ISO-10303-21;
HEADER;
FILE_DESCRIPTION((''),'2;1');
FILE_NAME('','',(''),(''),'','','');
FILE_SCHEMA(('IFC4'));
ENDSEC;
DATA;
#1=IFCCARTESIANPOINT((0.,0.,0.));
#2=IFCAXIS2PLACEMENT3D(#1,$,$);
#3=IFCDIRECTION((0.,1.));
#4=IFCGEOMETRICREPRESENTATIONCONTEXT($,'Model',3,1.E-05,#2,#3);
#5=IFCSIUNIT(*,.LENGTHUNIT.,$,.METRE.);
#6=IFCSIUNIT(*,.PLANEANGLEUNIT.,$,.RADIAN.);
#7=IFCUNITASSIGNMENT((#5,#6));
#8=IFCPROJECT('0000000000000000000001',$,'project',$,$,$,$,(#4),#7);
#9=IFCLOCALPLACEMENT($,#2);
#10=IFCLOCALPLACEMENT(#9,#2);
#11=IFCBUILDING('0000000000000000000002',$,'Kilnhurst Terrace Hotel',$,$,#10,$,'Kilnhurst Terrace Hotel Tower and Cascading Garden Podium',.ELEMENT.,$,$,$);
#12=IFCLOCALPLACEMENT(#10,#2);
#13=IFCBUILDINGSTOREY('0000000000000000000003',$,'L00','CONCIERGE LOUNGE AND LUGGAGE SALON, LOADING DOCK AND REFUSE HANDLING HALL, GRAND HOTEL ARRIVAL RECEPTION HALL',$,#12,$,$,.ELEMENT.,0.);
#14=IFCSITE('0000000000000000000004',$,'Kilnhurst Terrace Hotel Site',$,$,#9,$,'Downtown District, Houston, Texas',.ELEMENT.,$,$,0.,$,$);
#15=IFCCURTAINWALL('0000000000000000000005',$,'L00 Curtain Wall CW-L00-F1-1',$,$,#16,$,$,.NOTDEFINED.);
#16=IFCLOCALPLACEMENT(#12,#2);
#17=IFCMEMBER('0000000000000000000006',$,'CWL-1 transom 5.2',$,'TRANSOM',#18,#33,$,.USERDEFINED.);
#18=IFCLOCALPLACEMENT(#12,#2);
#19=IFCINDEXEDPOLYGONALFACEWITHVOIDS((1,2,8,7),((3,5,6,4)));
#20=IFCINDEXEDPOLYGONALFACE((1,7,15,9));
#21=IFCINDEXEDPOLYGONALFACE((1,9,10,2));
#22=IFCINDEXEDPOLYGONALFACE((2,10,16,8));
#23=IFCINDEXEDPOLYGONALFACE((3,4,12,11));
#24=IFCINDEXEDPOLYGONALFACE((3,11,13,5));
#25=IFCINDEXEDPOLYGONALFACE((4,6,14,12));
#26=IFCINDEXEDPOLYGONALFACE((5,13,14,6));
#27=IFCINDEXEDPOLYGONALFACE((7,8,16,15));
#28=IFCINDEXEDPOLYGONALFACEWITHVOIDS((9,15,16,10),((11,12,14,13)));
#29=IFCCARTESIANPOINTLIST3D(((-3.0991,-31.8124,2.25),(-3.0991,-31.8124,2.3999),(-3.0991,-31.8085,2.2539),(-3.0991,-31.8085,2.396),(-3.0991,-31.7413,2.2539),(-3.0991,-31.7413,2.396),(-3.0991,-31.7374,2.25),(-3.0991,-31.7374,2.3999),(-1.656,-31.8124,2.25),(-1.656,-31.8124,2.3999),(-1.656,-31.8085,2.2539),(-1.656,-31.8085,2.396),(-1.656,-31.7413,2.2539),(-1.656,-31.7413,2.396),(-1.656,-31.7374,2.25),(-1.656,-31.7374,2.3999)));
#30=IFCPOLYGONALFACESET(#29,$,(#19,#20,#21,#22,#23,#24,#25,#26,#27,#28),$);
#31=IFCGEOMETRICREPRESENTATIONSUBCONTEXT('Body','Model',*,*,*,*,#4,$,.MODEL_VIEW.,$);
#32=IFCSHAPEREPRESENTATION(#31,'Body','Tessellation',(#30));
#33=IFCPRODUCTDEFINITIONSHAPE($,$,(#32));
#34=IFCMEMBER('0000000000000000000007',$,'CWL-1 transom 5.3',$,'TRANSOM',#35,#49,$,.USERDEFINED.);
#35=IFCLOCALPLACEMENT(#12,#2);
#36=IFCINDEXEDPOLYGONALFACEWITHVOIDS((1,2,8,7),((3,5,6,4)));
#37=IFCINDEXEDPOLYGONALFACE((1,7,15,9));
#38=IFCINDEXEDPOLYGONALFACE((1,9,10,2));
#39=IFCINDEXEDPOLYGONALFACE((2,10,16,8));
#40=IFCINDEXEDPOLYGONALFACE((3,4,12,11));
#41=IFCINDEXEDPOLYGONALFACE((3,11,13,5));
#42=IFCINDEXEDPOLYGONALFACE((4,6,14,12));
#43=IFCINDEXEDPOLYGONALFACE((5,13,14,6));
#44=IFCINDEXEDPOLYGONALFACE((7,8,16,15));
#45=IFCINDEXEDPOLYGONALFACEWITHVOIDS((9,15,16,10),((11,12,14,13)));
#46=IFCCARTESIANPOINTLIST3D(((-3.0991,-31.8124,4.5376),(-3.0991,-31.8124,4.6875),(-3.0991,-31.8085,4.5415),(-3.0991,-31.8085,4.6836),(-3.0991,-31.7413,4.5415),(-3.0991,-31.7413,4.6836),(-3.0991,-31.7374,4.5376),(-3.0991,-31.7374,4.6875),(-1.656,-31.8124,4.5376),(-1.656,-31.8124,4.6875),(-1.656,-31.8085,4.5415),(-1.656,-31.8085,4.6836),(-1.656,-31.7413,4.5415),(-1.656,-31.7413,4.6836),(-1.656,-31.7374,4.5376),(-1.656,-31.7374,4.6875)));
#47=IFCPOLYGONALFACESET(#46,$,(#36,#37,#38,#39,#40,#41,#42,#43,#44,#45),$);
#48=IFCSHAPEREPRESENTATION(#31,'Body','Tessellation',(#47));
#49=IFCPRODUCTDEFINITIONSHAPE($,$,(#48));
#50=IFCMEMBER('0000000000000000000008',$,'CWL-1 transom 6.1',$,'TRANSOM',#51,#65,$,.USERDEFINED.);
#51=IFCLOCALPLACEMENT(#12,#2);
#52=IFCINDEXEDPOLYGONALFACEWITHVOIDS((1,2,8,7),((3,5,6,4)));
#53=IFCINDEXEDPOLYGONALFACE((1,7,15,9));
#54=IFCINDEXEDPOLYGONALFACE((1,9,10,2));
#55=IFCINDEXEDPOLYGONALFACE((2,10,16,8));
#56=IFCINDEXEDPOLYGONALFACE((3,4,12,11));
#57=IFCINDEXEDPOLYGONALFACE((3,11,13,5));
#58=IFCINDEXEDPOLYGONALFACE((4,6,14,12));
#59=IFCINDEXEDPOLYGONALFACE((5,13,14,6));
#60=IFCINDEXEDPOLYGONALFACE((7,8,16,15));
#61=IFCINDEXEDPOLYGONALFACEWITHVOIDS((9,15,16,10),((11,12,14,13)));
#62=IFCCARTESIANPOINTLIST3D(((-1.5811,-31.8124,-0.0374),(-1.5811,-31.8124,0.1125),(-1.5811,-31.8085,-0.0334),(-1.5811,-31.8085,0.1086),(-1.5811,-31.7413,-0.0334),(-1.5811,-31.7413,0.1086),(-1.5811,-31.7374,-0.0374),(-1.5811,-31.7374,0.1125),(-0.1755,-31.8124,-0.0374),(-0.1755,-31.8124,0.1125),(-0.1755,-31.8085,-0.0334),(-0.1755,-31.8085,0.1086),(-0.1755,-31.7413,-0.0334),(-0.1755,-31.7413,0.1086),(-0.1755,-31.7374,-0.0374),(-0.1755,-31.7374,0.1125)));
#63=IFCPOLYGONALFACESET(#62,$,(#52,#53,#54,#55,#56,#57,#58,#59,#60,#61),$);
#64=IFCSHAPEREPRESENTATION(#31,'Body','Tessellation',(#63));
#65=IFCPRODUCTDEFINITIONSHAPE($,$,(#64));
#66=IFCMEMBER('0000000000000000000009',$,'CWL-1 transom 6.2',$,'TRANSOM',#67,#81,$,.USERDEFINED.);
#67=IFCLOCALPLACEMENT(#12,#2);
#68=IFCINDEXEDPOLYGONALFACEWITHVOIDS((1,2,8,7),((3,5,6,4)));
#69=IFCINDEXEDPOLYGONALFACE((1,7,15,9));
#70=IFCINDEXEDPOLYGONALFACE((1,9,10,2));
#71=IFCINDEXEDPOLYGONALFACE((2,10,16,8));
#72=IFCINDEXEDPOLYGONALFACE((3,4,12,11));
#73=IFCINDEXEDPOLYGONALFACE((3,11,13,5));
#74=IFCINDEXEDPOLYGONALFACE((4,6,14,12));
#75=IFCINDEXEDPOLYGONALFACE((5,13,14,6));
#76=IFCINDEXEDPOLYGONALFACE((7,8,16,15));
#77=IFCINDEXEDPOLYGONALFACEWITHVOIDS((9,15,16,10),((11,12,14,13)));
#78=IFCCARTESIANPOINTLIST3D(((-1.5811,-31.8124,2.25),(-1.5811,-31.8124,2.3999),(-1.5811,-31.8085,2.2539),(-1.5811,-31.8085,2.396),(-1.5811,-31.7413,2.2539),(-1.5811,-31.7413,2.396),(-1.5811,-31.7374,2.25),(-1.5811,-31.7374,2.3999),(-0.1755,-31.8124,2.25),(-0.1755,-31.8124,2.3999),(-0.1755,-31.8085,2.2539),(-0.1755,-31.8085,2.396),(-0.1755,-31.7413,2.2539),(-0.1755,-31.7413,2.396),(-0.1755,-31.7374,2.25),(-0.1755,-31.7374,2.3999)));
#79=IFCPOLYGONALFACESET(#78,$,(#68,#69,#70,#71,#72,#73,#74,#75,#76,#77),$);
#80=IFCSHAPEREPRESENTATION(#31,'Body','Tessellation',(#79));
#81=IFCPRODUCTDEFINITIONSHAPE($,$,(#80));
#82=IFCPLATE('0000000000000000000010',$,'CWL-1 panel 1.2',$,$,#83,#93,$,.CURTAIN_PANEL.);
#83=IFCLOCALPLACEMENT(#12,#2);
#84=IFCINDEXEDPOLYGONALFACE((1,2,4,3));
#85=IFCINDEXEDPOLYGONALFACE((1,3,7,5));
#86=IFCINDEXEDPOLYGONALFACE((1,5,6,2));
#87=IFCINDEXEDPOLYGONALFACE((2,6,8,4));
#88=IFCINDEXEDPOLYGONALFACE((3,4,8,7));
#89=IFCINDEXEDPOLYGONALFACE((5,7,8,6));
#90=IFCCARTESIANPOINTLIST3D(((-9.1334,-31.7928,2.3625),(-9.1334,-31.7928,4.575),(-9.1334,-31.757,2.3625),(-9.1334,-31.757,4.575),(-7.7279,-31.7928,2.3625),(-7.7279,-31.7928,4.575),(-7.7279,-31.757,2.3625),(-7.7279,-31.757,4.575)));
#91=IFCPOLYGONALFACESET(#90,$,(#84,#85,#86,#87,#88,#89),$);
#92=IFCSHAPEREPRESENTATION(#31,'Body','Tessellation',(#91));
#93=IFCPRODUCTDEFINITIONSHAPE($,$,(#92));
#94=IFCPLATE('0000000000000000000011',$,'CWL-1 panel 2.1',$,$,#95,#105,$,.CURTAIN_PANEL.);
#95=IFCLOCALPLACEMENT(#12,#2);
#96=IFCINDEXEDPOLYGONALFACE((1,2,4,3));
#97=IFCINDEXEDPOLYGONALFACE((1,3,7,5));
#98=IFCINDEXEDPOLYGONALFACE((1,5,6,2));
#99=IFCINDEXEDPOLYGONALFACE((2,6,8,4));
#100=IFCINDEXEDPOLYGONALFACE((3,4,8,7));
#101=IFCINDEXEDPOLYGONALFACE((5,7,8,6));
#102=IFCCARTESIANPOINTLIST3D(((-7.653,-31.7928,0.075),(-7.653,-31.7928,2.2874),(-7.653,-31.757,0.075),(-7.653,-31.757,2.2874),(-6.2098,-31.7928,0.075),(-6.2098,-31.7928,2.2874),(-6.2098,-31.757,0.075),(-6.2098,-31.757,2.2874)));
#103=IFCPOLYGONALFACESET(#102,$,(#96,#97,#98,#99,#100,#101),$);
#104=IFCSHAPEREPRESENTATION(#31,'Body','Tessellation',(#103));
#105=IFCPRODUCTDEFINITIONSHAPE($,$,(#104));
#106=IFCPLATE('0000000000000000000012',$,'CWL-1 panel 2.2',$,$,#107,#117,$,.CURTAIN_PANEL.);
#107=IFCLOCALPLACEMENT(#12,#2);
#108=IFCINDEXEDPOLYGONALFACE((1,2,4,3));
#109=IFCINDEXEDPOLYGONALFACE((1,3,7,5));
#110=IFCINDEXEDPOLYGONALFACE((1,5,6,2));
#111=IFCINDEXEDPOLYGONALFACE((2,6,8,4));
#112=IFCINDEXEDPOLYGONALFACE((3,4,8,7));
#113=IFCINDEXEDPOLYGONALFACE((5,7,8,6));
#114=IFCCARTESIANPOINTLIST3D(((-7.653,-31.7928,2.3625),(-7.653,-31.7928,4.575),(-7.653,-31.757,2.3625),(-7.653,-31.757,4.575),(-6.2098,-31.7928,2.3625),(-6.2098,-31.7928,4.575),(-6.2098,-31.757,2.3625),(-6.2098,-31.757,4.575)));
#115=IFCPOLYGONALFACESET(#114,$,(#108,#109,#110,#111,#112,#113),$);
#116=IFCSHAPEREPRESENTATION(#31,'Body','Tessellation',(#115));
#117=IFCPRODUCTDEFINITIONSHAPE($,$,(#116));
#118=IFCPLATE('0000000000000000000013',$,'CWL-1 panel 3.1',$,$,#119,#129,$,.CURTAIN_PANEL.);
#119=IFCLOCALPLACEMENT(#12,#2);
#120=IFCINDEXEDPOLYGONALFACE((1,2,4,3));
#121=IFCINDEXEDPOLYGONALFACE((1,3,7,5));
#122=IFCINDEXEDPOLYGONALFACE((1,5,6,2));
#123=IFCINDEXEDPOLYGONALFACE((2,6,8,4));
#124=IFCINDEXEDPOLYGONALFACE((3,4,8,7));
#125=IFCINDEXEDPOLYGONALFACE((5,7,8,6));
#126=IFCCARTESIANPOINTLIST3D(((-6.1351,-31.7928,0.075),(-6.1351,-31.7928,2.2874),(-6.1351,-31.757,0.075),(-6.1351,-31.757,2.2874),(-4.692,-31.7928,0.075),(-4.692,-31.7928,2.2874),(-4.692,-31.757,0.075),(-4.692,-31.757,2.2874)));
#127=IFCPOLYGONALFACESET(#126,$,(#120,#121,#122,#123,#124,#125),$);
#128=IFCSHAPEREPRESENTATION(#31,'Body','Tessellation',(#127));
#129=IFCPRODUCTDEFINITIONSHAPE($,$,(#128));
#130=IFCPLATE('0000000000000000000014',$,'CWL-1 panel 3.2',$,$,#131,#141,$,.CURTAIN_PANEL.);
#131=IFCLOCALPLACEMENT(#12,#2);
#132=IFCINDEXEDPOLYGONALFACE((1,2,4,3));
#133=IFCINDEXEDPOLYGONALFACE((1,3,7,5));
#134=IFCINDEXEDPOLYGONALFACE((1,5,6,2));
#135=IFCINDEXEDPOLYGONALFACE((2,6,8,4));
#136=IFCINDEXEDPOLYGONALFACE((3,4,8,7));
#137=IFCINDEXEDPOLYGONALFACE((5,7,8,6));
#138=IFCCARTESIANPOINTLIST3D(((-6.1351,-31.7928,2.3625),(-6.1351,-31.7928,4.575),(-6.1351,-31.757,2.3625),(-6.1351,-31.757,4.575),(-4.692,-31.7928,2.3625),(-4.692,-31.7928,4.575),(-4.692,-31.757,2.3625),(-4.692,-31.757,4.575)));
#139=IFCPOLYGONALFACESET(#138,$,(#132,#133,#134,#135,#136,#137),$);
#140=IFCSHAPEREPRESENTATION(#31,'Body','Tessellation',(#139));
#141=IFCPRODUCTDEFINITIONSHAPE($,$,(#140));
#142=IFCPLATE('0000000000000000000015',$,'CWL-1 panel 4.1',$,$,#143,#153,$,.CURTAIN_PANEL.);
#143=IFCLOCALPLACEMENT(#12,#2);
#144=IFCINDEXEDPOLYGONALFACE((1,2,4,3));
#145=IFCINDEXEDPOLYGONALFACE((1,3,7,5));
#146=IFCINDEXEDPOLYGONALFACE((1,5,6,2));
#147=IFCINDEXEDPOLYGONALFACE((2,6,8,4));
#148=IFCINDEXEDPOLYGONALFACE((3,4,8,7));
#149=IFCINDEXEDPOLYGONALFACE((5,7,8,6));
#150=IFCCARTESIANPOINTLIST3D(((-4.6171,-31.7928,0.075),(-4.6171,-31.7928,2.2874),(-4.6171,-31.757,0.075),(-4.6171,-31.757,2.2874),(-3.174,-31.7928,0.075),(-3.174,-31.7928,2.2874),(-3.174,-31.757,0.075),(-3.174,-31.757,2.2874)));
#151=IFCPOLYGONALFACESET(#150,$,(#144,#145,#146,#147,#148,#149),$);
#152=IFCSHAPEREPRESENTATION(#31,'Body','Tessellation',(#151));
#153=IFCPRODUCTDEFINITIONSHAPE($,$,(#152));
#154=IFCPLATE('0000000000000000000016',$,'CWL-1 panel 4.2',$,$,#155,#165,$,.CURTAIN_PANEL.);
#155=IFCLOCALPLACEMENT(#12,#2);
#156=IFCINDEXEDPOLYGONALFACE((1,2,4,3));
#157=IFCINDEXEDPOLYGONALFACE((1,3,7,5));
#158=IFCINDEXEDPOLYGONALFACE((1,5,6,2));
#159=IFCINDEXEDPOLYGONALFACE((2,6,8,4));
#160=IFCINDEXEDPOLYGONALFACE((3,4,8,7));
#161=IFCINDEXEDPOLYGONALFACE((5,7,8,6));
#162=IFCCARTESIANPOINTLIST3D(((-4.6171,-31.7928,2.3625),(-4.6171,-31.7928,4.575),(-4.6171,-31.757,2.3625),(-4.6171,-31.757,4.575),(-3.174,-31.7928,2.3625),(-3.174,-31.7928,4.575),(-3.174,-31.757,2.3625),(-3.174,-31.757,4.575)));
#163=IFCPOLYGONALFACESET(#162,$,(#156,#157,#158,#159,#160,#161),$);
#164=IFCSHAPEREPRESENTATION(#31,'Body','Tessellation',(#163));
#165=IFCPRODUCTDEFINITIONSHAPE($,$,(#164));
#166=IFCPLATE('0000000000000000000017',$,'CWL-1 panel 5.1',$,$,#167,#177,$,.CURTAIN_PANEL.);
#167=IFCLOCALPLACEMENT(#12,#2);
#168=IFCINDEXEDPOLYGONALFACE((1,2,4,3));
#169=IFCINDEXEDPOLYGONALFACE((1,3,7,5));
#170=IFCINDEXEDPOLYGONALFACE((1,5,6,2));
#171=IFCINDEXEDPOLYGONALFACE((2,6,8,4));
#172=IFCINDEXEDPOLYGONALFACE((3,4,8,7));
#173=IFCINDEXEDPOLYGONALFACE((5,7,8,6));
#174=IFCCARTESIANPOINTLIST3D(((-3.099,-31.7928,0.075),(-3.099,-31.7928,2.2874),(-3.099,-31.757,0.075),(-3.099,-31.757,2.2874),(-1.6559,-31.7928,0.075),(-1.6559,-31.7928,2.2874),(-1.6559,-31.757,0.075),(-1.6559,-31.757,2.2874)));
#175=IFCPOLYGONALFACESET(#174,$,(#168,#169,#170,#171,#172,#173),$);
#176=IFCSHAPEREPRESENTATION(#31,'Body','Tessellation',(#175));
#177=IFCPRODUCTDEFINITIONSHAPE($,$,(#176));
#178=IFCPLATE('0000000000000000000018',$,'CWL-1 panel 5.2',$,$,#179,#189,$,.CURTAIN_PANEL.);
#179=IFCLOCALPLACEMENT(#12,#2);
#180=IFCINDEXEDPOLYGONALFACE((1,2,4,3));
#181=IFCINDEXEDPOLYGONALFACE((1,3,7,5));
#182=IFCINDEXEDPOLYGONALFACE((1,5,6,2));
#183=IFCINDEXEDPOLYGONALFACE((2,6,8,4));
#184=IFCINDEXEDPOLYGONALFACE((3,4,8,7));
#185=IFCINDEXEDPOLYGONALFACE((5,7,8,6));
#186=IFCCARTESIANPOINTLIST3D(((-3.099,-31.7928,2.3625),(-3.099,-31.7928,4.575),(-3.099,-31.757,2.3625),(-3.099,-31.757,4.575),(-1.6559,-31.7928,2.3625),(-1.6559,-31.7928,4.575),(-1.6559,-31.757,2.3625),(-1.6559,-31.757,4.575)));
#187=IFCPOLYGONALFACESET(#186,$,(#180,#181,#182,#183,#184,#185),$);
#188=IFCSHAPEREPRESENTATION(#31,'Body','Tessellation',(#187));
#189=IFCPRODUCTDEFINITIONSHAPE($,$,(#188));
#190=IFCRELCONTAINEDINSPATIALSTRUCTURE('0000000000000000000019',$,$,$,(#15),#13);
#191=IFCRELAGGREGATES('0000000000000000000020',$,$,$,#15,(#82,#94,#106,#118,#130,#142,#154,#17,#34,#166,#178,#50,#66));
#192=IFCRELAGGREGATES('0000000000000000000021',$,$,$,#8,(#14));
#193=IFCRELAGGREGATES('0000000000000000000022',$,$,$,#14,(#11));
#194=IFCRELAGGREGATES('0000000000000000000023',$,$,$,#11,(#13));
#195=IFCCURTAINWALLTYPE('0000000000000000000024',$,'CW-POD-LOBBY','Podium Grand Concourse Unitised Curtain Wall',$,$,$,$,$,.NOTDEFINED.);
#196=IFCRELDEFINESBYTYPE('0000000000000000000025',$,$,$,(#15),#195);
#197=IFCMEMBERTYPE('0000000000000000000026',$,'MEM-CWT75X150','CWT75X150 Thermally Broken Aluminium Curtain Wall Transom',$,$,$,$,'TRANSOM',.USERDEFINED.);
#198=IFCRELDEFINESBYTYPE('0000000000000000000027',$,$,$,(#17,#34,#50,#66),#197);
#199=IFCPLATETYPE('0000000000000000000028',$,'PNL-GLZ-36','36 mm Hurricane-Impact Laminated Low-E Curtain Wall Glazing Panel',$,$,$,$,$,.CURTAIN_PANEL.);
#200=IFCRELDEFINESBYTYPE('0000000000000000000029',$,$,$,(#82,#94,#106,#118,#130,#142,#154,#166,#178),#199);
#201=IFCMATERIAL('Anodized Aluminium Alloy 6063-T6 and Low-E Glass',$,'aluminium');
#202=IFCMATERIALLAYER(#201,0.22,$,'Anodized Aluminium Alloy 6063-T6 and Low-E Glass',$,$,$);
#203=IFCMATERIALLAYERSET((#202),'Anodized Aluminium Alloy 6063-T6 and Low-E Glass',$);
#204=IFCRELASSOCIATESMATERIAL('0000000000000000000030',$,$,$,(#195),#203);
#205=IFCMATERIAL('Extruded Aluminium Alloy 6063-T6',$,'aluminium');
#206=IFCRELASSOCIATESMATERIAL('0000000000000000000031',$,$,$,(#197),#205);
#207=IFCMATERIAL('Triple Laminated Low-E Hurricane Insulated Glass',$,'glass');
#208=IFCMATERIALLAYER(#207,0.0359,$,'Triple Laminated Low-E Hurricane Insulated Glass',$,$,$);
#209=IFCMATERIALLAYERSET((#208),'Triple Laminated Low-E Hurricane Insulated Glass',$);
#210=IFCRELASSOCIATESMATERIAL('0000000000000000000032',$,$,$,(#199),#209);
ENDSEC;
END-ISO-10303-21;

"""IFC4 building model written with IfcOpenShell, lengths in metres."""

from ifc_helpers import new_model, si_unit, direction, frame, origin, origin_2d, place, context, subcontext, project, spatial, rectangle, hollow_rectangle, extrude, material, layer, layer_set, material_profile, profile_set, type_object, element, aggregate, save


model = new_model("IFC4")

# Units and contexts
model_context = context("Model", 3, precision=1e-05, world=origin(), true_north=direction((0.0, 1.0)))
body_context = subcontext(model_context, "Body", "Model", "MODEL_VIEW")
ifc_project = project(units=[si_unit("LENGTHUNIT", "METRE"), si_unit("PLANEANGLEUNIT", "RADIAN")], contexts=[model_context])

# Site, building, storey
site_placement = place(None, origin())
site = spatial("IfcSite", under=ifc_project, at=site_placement, Name="Kilnhurst Terrace Hotel Site", LongName="Downtown District, Houston, Texas", CompositionType="ELEMENT", RefElevation=0.0)
building_placement = place(site_placement, origin())
building = spatial("IfcBuilding", under=site, at=building_placement, Name="Kilnhurst Terrace Hotel", LongName="Kilnhurst Terrace Hotel Tower and Cascading Garden Podium", CompositionType="ELEMENT")
storey_placement = place(building_placement, origin())
storey = spatial("IfcBuildingStorey", under=building, at=storey_placement, Name="L00", Description="CONCIERGE LOUNGE AND LUGGAGE SALON, LOADING DOCK AND REFUSE HANDLING HALL, GRAND HOTEL ARRIVAL RECEPTION HALL", CompositionType="ELEMENT", Elevation=0.0)

# Curtain wall, members, plates
ifc_material_1 = material(Name="Anodized Aluminium Alloy 6063-T6 and Low-E Glass", Category="aluminium")
ifc_layer_1 = layer(ifc_material_1, 0.22, Name="Anodized Aluminium Alloy 6063-T6 and Low-E Glass")
ifc_layer_set_1 = layer_set([ifc_layer_1], Name="Anodized Aluminium Alloy 6063-T6 and Low-E Glass")
curtain_wall_type = type_object("IfcCurtainWallType", Name="CW-POD-LOBBY", Description="Podium Grand Concourse Unitised Curtain Wall", PredefinedType="NOTDEFINED", material=ifc_layer_set_1)
curtain_wall_placement = place(storey_placement, origin())
curtain_wall = element("IfcCurtainWall", 1, at=curtain_wall_placement, inside=storey, type_object=curtain_wall_type, Name="L00 Curtain Wall CW-L00-F1-1", PredefinedType="NOTDEFINED")
ifc_material_2 = material(Name="Extruded Aluminium Alloy 6063-T6", Category="aluminium")
ifc_material_profile_1 = material_profile(ifc_material_2, hollow_rectangle(XDim=0.075, YDim=0.1499, WallThickness=0.0039, at=origin_2d()), Name="CWT75X150")
ifc_profile_set_1 = profile_set([ifc_material_profile_1], Name="Extruded Aluminium Alloy 6063-T6")
member_type_1 = type_object("IfcMemberType", Name="MEM-CWT75X150", Description="CWT75X150 Thermally Broken Aluminium Curtain Wall Transom", ElementType="TRANSOM", PredefinedType="USERDEFINED", material=ifc_profile_set_1)
member_1_placement = place(storey_placement, frame((-3.0991, -31.7749, 2.325), z_axis=(1.0, 0.0, 0.0), x_axis=(0.0, 1.0, 0.0)))
member_1 = element("IfcMember", 2, at=member_1_placement, type_object=member_type_1, Name="CWL-1 transom 5.2", ObjectType="TRANSOM", PredefinedType="USERDEFINED", context=body_context, shape_type="SweptSolid", body=[
    extrude(hollow_rectangle(XDim=0.075, YDim=0.1499, WallThickness=0.0039, at=origin_2d()), origin(), (0.0, 0.0, 1.0), 1.4431),
])
member_2_placement = place(storey_placement, frame((-3.0991, -31.7749, 4.6125), z_axis=(1.0, 0.0, 0.0), x_axis=(0.0, 1.0, 0.0)))
member_2 = element("IfcMember", 3, at=member_2_placement, type_object=member_type_1, Name="CWL-1 transom 5.3", ObjectType="TRANSOM", PredefinedType="USERDEFINED", context=body_context, shape_type="SweptSolid", body=[
    extrude(hollow_rectangle(XDim=0.075, YDim=0.1499, WallThickness=0.0039, at=origin_2d()), origin(), (0.0, 0.0, 1.0), 1.4431),
])
member_3_placement = place(storey_placement, frame((-1.5811, -31.7749, 0.0376), z_axis=(1.0, 0.0, 0.0), x_axis=(0.0, 1.0, 0.0)))
member_3 = element("IfcMember", 4, at=member_3_placement, type_object=member_type_1, Name="CWL-1 transom 6.1", ObjectType="TRANSOM", PredefinedType="USERDEFINED", context=body_context, shape_type="SweptSolid", body=[
    extrude(hollow_rectangle(XDim=0.075, YDim=0.1499, WallThickness=0.0039, at=origin_2d()), origin(), (0.0, 0.0, 1.0), 1.4055),
])
member_4_placement = place(storey_placement, frame((-1.5811, -31.7749, 2.325), z_axis=(1.0, 0.0, 0.0), x_axis=(0.0, 1.0, 0.0)))
member_4 = element("IfcMember", 5, at=member_4_placement, type_object=member_type_1, Name="CWL-1 transom 6.2", ObjectType="TRANSOM", PredefinedType="USERDEFINED", context=body_context, shape_type="SweptSolid", body=[
    extrude(hollow_rectangle(XDim=0.075, YDim=0.1499, WallThickness=0.0039, at=origin_2d()), origin(), (0.0, 0.0, 1.0), 1.4055),
])
ifc_material_3 = material(Name="Triple Laminated Low-E Hurricane Insulated Glass", Category="glass")
ifc_layer_2 = layer(ifc_material_3, 0.0359, Name="Triple Laminated Low-E Hurricane Insulated Glass")
ifc_layer_set_2 = layer_set([ifc_layer_2], Name="Triple Laminated Low-E Hurricane Insulated Glass")
plate_type = type_object("IfcPlateType", Name="PNL-GLZ-36", Description="36 mm Hurricane-Impact Laminated Low-E Curtain Wall Glazing Panel", PredefinedType="CURTAIN_PANEL", material=ifc_layer_set_2)
plate_1_placement = place(storey_placement, frame((-8.4307, -31.7749, 2.3625), z_axis=(0.0, 0.0, 1.0), x_axis=(1.0, 0.0, 0.0)))
plate_1 = element("IfcPlate", 6, at=plate_1_placement, type_object=plate_type, Name="CWL-1 panel 1.2", PredefinedType="CURTAIN_PANEL", context=body_context, shape_type="SweptSolid", body=[
    extrude(rectangle(XDim=1.4055, YDim=0.0359, at=origin_2d()), origin(), (0.0, 0.0, 1.0), 2.2124),
])
plate_2_placement = place(storey_placement, frame((-6.9314, -31.7749, 0.075), z_axis=(0.0, 0.0, 1.0), x_axis=(1.0, 0.0, 0.0)))
plate_2 = element("IfcPlate", 7, at=plate_2_placement, type_object=plate_type, Name="CWL-1 panel 2.1", PredefinedType="CURTAIN_PANEL", context=body_context, shape_type="SweptSolid", body=[
    extrude(rectangle(XDim=1.4431, YDim=0.0359, at=origin_2d()), origin(), (0.0, 0.0, 1.0), 2.2124),
])
plate_3_placement = place(storey_placement, frame((-6.9314, -31.7749, 2.3625), z_axis=(0.0, 0.0, 1.0), x_axis=(1.0, 0.0, 0.0)))
plate_3 = element("IfcPlate", 8, at=plate_3_placement, type_object=plate_type, Name="CWL-1 panel 2.2", PredefinedType="CURTAIN_PANEL", context=body_context, shape_type="SweptSolid", body=[
    extrude(rectangle(XDim=1.4431, YDim=0.0359, at=origin_2d()), origin(), (0.0, 0.0, 1.0), 2.2124),
])
plate_4_placement = place(storey_placement, frame((-5.4136, -31.7749, 0.075), z_axis=(0.0, 0.0, 1.0), x_axis=(1.0, 0.0, 0.0)))
plate_4 = element("IfcPlate", 9, at=plate_4_placement, type_object=plate_type, Name="CWL-1 panel 3.1", PredefinedType="CURTAIN_PANEL", context=body_context, shape_type="SweptSolid", body=[
    extrude(rectangle(XDim=1.4431, YDim=0.0359, at=origin_2d()), origin(), (0.0, 0.0, 1.0), 2.2124),
])
plate_5_placement = place(storey_placement, frame((-5.4136, -31.7749, 2.3625), z_axis=(0.0, 0.0, 1.0), x_axis=(1.0, 0.0, 0.0)))
plate_5 = element("IfcPlate", 10, at=plate_5_placement, type_object=plate_type, Name="CWL-1 panel 3.2", PredefinedType="CURTAIN_PANEL", context=body_context, shape_type="SweptSolid", body=[
    extrude(rectangle(XDim=1.4431, YDim=0.0359, at=origin_2d()), origin(), (0.0, 0.0, 1.0), 2.2124),
])
plate_6_placement = place(storey_placement, frame((-3.8955, -31.7749, 0.075), z_axis=(0.0, 0.0, 1.0), x_axis=(1.0, 0.0, 0.0)))
plate_6 = element("IfcPlate", 11, at=plate_6_placement, type_object=plate_type, Name="CWL-1 panel 4.1", PredefinedType="CURTAIN_PANEL", context=body_context, shape_type="SweptSolid", body=[
    extrude(rectangle(XDim=1.4431, YDim=0.0359, at=origin_2d()), origin(), (0.0, 0.0, 1.0), 2.2124),
])
plate_7_placement = place(storey_placement, frame((-3.8955, -31.7749, 2.3625), z_axis=(0.0, 0.0, 1.0), x_axis=(1.0, 0.0, 0.0)))
plate_7 = element("IfcPlate", 12, at=plate_7_placement, type_object=plate_type, Name="CWL-1 panel 4.2", PredefinedType="CURTAIN_PANEL", context=body_context, shape_type="SweptSolid", body=[
    extrude(rectangle(XDim=1.4431, YDim=0.0359, at=origin_2d()), origin(), (0.0, 0.0, 1.0), 2.2124),
])
plate_8_placement = place(storey_placement, frame((-2.3774, -31.7749, 0.075), z_axis=(0.0, 0.0, 1.0), x_axis=(1.0, 0.0, 0.0)))
plate_8 = element("IfcPlate", 13, at=plate_8_placement, type_object=plate_type, Name="CWL-1 panel 5.1", PredefinedType="CURTAIN_PANEL", context=body_context, shape_type="SweptSolid", body=[
    extrude(rectangle(XDim=1.4431, YDim=0.0359, at=origin_2d()), origin(), (0.0, 0.0, 1.0), 2.2124),
])
plate_9_placement = place(storey_placement, frame((-2.3774, -31.7749, 2.3625), z_axis=(0.0, 0.0, 1.0), x_axis=(1.0, 0.0, 0.0)))
plate_9 = element("IfcPlate", 14, at=plate_9_placement, type_object=plate_type, Name="CWL-1 panel 5.2", PredefinedType="CURTAIN_PANEL", context=body_context, shape_type="SweptSolid", body=[
    extrude(rectangle(XDim=1.4431, YDim=0.0359, at=origin_2d()), origin(), (0.0, 0.0, 1.0), 2.2124),
])
aggregate(curtain_wall, [plate_1, plate_2, plate_3, plate_4, plate_5, plate_6, plate_7, member_1, member_2, plate_8, plate_9, member_3, member_4])

save(model, "model.ifc")
